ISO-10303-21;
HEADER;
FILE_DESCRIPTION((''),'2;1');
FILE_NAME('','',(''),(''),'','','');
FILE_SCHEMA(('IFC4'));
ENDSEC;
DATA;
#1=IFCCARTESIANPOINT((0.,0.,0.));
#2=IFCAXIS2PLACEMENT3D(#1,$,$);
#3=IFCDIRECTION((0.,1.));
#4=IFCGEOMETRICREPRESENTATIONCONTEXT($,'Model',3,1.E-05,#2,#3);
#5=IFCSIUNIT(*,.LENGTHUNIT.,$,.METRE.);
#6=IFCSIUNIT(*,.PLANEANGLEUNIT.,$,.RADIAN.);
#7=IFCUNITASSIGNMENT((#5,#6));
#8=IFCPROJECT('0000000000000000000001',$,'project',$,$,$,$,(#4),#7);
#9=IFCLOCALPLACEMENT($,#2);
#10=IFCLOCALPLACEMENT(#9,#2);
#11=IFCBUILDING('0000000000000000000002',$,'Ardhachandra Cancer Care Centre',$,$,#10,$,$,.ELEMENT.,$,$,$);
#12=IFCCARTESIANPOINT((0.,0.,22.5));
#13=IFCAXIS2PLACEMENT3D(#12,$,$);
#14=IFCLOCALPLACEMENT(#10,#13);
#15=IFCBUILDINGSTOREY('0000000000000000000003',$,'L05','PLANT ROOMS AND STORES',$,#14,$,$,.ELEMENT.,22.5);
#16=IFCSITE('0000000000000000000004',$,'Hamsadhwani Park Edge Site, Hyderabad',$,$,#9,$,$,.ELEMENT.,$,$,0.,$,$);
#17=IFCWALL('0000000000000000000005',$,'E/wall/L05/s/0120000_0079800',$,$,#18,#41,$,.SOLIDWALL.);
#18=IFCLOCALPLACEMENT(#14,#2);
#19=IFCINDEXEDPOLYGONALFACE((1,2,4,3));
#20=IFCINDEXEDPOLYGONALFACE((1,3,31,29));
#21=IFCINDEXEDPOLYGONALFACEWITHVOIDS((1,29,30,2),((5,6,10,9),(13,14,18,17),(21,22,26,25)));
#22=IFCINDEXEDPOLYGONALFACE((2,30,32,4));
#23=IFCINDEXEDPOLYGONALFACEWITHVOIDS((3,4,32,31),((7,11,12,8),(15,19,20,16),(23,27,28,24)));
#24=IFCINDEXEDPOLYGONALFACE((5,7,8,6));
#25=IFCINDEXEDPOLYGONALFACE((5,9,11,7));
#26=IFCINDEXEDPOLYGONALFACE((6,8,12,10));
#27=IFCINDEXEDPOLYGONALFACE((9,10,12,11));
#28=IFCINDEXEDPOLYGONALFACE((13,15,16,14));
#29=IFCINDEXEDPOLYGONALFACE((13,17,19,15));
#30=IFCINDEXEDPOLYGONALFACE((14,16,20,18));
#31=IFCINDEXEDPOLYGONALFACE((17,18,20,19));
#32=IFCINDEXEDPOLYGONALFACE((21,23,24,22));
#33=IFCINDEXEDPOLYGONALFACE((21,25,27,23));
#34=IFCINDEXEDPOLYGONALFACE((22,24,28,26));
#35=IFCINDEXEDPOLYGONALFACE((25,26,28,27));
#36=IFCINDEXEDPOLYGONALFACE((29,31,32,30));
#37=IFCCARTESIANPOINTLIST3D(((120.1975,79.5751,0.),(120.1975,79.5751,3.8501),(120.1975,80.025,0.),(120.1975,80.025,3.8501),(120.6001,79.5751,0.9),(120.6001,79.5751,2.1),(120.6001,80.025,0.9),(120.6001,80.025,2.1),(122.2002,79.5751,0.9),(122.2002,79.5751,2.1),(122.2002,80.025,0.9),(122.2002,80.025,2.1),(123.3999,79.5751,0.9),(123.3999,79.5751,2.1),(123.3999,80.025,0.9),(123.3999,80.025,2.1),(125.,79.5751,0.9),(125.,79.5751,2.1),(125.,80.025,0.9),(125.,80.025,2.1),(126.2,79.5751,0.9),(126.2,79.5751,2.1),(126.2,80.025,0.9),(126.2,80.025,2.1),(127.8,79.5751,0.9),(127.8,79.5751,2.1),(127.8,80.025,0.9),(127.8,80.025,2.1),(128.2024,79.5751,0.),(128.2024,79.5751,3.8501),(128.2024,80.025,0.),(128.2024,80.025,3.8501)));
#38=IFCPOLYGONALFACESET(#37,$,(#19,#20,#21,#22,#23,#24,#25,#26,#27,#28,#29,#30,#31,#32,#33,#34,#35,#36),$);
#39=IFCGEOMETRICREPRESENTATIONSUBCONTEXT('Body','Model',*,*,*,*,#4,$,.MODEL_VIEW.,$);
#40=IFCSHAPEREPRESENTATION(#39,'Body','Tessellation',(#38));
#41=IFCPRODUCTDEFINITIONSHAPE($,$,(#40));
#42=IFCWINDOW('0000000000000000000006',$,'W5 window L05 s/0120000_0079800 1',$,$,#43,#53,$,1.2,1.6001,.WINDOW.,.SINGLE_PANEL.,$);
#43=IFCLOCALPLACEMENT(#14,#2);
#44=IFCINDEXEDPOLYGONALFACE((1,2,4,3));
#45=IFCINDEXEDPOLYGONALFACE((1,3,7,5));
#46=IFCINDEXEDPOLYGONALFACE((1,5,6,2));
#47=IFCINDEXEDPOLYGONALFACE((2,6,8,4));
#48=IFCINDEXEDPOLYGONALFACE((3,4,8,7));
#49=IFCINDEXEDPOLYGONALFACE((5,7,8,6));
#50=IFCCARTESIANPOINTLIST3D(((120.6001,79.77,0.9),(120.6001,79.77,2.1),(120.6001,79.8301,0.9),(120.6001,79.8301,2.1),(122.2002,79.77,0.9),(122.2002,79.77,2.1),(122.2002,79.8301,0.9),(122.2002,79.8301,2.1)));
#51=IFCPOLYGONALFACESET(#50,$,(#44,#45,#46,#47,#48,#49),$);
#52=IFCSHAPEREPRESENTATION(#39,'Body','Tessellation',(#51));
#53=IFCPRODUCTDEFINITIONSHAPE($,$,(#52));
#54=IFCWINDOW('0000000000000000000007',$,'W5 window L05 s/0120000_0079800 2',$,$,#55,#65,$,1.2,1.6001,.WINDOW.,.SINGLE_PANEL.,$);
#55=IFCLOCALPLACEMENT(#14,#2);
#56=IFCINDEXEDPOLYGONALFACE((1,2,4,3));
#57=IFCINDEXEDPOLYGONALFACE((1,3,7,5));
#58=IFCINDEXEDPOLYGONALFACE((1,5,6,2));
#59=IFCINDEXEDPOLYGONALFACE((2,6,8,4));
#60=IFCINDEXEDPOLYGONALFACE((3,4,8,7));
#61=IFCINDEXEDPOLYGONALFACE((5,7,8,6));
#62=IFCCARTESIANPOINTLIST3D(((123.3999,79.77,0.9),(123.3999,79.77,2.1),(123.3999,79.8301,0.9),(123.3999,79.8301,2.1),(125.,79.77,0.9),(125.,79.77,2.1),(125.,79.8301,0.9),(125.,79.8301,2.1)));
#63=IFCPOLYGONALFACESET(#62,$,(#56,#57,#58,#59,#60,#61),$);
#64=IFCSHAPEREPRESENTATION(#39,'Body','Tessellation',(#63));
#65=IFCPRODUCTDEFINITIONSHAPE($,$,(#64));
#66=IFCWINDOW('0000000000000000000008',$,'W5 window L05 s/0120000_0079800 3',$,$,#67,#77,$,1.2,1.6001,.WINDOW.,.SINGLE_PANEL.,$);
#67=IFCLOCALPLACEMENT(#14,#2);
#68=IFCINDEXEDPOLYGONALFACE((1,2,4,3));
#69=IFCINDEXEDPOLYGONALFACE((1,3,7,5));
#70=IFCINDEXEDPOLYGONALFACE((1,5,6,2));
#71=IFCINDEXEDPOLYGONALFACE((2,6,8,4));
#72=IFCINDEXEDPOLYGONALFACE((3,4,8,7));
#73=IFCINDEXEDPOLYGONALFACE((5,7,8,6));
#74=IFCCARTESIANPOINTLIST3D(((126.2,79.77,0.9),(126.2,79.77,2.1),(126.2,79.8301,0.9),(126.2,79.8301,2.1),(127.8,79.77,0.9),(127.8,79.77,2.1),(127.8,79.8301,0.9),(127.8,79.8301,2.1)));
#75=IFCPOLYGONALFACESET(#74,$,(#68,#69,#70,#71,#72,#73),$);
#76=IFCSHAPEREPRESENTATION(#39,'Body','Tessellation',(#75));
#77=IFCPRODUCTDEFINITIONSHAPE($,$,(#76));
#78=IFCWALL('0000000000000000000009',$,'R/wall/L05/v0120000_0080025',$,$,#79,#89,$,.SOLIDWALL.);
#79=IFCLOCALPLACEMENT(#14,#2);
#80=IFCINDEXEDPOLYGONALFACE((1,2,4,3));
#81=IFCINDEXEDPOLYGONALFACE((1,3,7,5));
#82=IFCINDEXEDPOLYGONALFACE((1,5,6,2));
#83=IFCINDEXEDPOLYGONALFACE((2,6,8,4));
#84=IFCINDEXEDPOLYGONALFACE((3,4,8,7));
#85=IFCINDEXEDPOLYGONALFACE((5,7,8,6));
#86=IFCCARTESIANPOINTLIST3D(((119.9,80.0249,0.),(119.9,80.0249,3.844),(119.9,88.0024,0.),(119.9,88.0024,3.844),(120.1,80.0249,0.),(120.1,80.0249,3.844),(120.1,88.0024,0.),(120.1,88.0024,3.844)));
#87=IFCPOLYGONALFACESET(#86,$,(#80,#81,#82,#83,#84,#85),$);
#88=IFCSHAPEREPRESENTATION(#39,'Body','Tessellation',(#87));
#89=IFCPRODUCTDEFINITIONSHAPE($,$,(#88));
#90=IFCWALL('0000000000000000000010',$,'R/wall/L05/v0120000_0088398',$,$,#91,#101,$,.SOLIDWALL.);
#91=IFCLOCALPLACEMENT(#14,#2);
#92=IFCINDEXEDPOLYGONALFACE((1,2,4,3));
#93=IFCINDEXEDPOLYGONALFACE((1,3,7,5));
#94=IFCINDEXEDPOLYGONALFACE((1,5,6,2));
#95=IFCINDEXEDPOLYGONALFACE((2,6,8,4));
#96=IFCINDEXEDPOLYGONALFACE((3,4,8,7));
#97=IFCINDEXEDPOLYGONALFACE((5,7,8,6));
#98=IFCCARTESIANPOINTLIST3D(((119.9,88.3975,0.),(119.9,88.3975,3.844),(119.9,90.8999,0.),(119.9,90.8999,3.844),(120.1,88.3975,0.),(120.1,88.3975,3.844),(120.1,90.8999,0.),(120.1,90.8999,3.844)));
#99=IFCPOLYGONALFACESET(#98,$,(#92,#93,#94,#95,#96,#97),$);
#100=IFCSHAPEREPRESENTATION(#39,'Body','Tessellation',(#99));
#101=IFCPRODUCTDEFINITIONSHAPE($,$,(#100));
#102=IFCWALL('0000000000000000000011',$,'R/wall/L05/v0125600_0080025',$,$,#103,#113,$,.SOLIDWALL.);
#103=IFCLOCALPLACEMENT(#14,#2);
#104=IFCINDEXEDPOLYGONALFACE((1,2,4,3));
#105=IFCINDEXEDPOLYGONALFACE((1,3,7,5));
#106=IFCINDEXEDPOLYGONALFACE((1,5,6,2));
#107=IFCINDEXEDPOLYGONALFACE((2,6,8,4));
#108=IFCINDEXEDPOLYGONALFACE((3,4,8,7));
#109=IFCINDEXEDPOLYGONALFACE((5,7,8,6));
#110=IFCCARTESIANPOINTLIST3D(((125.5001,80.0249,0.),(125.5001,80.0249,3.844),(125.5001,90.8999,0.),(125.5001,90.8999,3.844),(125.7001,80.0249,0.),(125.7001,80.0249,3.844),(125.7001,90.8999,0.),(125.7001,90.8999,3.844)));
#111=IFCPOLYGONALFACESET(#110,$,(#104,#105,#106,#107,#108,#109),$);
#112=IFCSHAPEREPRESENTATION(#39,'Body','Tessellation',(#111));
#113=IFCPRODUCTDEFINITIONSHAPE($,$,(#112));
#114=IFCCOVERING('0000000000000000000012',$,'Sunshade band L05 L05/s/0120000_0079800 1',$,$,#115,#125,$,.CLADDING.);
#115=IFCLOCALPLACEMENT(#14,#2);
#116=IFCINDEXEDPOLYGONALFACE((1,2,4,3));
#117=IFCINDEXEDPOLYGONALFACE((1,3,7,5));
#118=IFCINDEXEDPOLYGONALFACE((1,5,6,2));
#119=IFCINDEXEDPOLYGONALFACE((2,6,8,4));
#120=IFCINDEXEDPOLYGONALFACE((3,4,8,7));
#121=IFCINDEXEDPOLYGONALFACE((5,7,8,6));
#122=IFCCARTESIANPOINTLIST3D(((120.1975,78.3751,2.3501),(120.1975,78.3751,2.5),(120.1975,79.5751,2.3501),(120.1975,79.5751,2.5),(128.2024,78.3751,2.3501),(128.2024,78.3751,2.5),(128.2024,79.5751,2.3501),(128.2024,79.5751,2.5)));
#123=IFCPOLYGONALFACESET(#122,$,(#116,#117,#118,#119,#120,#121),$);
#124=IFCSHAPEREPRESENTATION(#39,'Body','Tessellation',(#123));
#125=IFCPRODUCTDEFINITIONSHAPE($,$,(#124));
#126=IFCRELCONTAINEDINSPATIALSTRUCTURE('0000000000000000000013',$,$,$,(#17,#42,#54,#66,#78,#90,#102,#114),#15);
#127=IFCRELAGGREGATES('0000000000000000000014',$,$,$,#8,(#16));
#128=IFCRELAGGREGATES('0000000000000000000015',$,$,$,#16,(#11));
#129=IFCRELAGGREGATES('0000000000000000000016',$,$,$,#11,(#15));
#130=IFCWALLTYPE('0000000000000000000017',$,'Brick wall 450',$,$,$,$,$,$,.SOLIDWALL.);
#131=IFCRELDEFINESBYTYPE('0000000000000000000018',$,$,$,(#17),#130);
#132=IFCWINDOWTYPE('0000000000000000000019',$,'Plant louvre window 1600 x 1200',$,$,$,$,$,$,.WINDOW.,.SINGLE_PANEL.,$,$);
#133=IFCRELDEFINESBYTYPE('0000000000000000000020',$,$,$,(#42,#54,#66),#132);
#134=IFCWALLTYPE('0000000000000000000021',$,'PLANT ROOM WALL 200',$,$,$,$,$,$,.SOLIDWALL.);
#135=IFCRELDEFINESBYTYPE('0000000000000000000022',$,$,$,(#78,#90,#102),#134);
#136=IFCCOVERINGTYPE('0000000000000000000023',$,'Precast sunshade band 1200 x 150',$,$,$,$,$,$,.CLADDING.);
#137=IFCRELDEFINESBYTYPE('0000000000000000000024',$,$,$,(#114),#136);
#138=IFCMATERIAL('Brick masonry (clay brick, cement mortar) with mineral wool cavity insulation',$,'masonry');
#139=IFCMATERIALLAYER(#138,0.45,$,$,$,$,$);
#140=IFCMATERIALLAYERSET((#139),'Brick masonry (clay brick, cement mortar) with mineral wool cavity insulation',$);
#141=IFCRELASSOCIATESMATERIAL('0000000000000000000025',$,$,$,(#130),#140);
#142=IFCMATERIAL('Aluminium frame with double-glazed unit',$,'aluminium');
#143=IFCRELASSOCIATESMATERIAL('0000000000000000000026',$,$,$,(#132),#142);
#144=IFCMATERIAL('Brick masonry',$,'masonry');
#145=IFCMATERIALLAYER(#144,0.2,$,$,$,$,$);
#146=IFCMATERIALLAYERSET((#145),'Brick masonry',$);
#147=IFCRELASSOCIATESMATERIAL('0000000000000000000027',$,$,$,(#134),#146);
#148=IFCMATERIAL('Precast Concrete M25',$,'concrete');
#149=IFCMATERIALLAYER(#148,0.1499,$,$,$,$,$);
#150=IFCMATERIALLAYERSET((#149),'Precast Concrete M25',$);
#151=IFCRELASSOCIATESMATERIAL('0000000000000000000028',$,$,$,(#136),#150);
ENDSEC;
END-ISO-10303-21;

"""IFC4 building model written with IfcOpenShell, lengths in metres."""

from ifc_helpers import new_model, si_unit, direction, frame, frame_2d, origin, origin_2d, place, context, subcontext, project, spatial, rectangle, extrude, material, layer, layer_set, type_object, element, fill, save


model = new_model("IFC4")

# Units and contexts
model_context = context("Model", 3, precision=1e-05, world=origin(), true_north=direction((0.0, 1.0)))
body_context = subcontext(model_context, "Body", "Model", "MODEL_VIEW")
ifc_project = project(units=[si_unit("LENGTHUNIT", "METRE"), si_unit("PLANEANGLEUNIT", "RADIAN")], contexts=[model_context])

# Site, building, storey
site_placement = place(None, origin())
site = spatial("IfcSite", under=ifc_project, at=site_placement, Name="Hamsadhwani Park Edge Site, Hyderabad", CompositionType="ELEMENT", RefElevation=0.0)
building_placement = place(site_placement, origin())
building = spatial("IfcBuilding", under=site, at=building_placement, Name="Ardhachandra Cancer Care Centre", CompositionType="ELEMENT")
storey_placement = place(building_placement, frame((0.0, 0.0, 22.5)))
storey = spatial("IfcBuildingStorey", under=building, at=storey_placement, Name="L05", Description="PLANT ROOMS AND STORES", CompositionType="ELEMENT", Elevation=22.5)

# Wall, openings, windows
ifc_material_1 = material(Name="Brick masonry (clay brick, cement mortar) with mineral wool cavity insulation", Category="masonry")
ifc_layer_1 = layer(ifc_material_1, 0.45)
ifc_layer_set_1 = layer_set([ifc_layer_1], Name="Brick masonry (clay brick, cement mortar) with mineral wool cavity insulation")
wall_type_1 = type_object("IfcWallType", Name="Brick wall 450", PredefinedType="SOLIDWALL", material=ifc_layer_set_1)
wall_1_placement = place(storey_placement, frame((120.1975, 79.8, 0.0), z_axis=(0.0, 0.0, 1.0), x_axis=(1.0, 0.0, 0.0)))
wall_1 = element("IfcWall", 1, at=wall_1_placement, inside=storey, type_object=wall_type_1, Name="E/wall/L05/s/0120000_0079800", PredefinedType="SOLIDWALL", context=body_context, shape_type="SweptSolid", body=[
    extrude(rectangle(XDim=8.0049, YDim=0.45, at=frame_2d((4.0024, 0.0))), origin(), (0.0, 0.0, 1.0), 3.8501),
])
opening_1_placement = place(wall_1_placement, frame((0.4026, 0.0, 0.8999)))
opening_1 = element("IfcOpeningElement", 2, at=opening_1_placement, cuts=wall_1, PredefinedType="OPENING", context=body_context, shape_type="SweptSolid", body=[
    extrude(rectangle(XDim=1.6001, YDim=1.2, at=frame_2d((0.8, 0.6001))), frame((0.0, 0.2349, 0.0), z_axis=(0.0, -1.0, 0.0), x_axis=(1.0, 0.0, 0.0)), (0.0, 0.0, 1.0), 0.47),
])
opening_2_placement = place(wall_1_placement, frame((3.2024, 0.0, 0.8999)))
opening_2 = element("IfcOpeningElement", 3, at=opening_2_placement, cuts=wall_1, PredefinedType="OPENING", context=body_context, shape_type="SweptSolid", body=[
    extrude(rectangle(XDim=1.6001, YDim=1.2, at=frame_2d((0.8, 0.6001))), frame((0.0, 0.2349, 0.0), z_axis=(0.0, -1.0, 0.0), x_axis=(1.0, 0.0, 0.0)), (0.0, 0.0, 1.0), 0.47),
])
opening_3_placement = place(wall_1_placement, frame((6.0024, 0.0, 0.8999)))
opening_3 = element("IfcOpeningElement", 4, at=opening_3_placement, cuts=wall_1, PredefinedType="OPENING", context=body_context, shape_type="SweptSolid", body=[
    extrude(rectangle(XDim=1.6001, YDim=1.2, at=frame_2d((0.8, 0.6001))), frame((0.0, 0.2349, 0.0), z_axis=(0.0, -1.0, 0.0), x_axis=(1.0, 0.0, 0.0)), (0.0, 0.0, 1.0), 0.47),
])
ifc_material_2 = material(Name="Aluminium frame with double-glazed unit", Category="aluminium")
window_type = type_object("IfcWindowType", Name="Plant louvre window 1600 x 1200", PartitioningType="SINGLE_PANEL", PredefinedType="WINDOW", material=ifc_material_2)
window_1_placement = place(opening_1_placement, origin())
window_1 = element("IfcWindow", 5, at=window_1_placement, inside=storey, type_object=window_type, Name="W5 window L05 s/0120000_0079800 1", OverallHeight=1.2, OverallWidth=1.6001, PartitioningType="SINGLE_PANEL", PredefinedType="WINDOW", context=body_context, shape_type="SweptSolid", body=[
    extrude(rectangle(XDim=1.6001, YDim=1.2, at=frame_2d((0.8, 0.6001))), frame((0.0, 0.03, 0.0), z_axis=(0.0, -1.0, 0.0), x_axis=(1.0, 0.0, 0.0)), (0.0, 0.0, 1.0), 0.0601),
])
fill(opening_1, window_1)
window_2_placement = place(opening_2_placement, origin())
window_2 = element("IfcWindow", 6, at=window_2_placement, inside=storey, type_object=window_type, Name="W5 window L05 s/0120000_0079800 2", OverallHeight=1.2, OverallWidth=1.6001, PartitioningType="SINGLE_PANEL", PredefinedType="WINDOW", context=body_context, shape_type="SweptSolid", body=[
    extrude(rectangle(XDim=1.6001, YDim=1.2, at=frame_2d((0.8, 0.6001))), frame((0.0, 0.03, 0.0), z_axis=(0.0, -1.0, 0.0), x_axis=(1.0, 0.0, 0.0)), (0.0, 0.0, 1.0), 0.0601),
])
fill(opening_2, window_2)
window_3_placement = place(opening_3_placement, origin())
window_3 = element("IfcWindow", 7, at=window_3_placement, inside=storey, type_object=window_type, Name="W5 window L05 s/0120000_0079800 3", OverallHeight=1.2, OverallWidth=1.6001, PartitioningType="SINGLE_PANEL", PredefinedType="WINDOW", context=body_context, shape_type="SweptSolid", body=[
    extrude(rectangle(XDim=1.6001, YDim=1.2, at=frame_2d((0.8, 0.6001))), frame((0.0, 0.03, 0.0), z_axis=(0.0, -1.0, 0.0), x_axis=(1.0, 0.0, 0.0)), (0.0, 0.0, 1.0), 0.0601),
])
fill(opening_3, window_3)

# Walls
ifc_material_3 = material(Name="Brick masonry", Category="masonry")
ifc_layer_2 = layer(ifc_material_3, 0.2)
ifc_layer_set_2 = layer_set([ifc_layer_2], Name="Brick masonry")
wall_type_2 = type_object("IfcWallType", Name="PLANT ROOM WALL 200", PredefinedType="SOLIDWALL", material=ifc_layer_set_2)
wall_2_placement = place(storey_placement, frame((120.0, 80.0249, 0.0), z_axis=(0.0, 0.0, 1.0), x_axis=(0.0, 1.0, 0.0)))
element("IfcWall", 8, at=wall_2_placement, inside=storey, type_object=wall_type_2, Name="R/wall/L05/v0120000_0080025", PredefinedType="SOLIDWALL", context=body_context, shape_type="SweptSolid", body=[
    extrude(rectangle(XDim=7.9775, YDim=0.2, at=frame_2d((3.9888, 0.0))), origin(), (0.0, 0.0, 1.0), 3.844),
])
wall_3_placement = place(storey_placement, frame((120.0, 88.3975, 0.0), z_axis=(0.0, 0.0, 1.0), x_axis=(0.0, 1.0, 0.0)))
element("IfcWall", 9, at=wall_3_placement, inside=storey, type_object=wall_type_2, Name="R/wall/L05/v0120000_0088398", PredefinedType="SOLIDWALL", context=body_context, shape_type="SweptSolid", body=[
    extrude(rectangle(XDim=2.5024, YDim=0.2, at=frame_2d((1.2512, 0.0))), origin(), (0.0, 0.0, 1.0), 3.844),
])
wall_4_placement = place(storey_placement, frame((125.6001, 80.0249, 0.0), z_axis=(0.0, 0.0, 1.0), x_axis=(0.0, 1.0, 0.0)))
element("IfcWall", 10, at=wall_4_placement, inside=storey, type_object=wall_type_2, Name="R/wall/L05/v0125600_0080025", PredefinedType="SOLIDWALL", context=body_context, shape_type="SweptSolid", body=[
    extrude(rectangle(XDim=10.875, YDim=0.2, at=frame_2d((5.4375, 0.0))), origin(), (0.0, 0.0, 1.0), 3.844),
])

# Covering
ifc_material_4 = material(Name="Precast Concrete M25", Category="concrete")
ifc_layer_3 = layer(ifc_material_4, 0.1499)
ifc_layer_set_3 = layer_set([ifc_layer_3], Name="Precast Concrete M25")
covering_type = type_object("IfcCoveringType", Name="Precast sunshade band 1200 x 150", PredefinedType="CLADDING", material=ifc_layer_set_3)
covering_placement = place(storey_placement, frame((124.2, 78.9751, 2.3501), z_axis=(0.0, 0.0, 1.0), x_axis=(1.0, 0.0, 0.0)))
element("IfcCovering", 11, at=covering_placement, inside=storey, type_object=covering_type, Name="Sunshade band L05 L05/s/0120000_0079800 1", PredefinedType="CLADDING", context=body_context, shape_type="SweptSolid", body=[
    extrude(rectangle(XDim=8.0049, YDim=1.2, at=origin_2d()), origin(), (0.0, 0.0, 1.0), 0.1499),
])

save(model, "model.ifc")
